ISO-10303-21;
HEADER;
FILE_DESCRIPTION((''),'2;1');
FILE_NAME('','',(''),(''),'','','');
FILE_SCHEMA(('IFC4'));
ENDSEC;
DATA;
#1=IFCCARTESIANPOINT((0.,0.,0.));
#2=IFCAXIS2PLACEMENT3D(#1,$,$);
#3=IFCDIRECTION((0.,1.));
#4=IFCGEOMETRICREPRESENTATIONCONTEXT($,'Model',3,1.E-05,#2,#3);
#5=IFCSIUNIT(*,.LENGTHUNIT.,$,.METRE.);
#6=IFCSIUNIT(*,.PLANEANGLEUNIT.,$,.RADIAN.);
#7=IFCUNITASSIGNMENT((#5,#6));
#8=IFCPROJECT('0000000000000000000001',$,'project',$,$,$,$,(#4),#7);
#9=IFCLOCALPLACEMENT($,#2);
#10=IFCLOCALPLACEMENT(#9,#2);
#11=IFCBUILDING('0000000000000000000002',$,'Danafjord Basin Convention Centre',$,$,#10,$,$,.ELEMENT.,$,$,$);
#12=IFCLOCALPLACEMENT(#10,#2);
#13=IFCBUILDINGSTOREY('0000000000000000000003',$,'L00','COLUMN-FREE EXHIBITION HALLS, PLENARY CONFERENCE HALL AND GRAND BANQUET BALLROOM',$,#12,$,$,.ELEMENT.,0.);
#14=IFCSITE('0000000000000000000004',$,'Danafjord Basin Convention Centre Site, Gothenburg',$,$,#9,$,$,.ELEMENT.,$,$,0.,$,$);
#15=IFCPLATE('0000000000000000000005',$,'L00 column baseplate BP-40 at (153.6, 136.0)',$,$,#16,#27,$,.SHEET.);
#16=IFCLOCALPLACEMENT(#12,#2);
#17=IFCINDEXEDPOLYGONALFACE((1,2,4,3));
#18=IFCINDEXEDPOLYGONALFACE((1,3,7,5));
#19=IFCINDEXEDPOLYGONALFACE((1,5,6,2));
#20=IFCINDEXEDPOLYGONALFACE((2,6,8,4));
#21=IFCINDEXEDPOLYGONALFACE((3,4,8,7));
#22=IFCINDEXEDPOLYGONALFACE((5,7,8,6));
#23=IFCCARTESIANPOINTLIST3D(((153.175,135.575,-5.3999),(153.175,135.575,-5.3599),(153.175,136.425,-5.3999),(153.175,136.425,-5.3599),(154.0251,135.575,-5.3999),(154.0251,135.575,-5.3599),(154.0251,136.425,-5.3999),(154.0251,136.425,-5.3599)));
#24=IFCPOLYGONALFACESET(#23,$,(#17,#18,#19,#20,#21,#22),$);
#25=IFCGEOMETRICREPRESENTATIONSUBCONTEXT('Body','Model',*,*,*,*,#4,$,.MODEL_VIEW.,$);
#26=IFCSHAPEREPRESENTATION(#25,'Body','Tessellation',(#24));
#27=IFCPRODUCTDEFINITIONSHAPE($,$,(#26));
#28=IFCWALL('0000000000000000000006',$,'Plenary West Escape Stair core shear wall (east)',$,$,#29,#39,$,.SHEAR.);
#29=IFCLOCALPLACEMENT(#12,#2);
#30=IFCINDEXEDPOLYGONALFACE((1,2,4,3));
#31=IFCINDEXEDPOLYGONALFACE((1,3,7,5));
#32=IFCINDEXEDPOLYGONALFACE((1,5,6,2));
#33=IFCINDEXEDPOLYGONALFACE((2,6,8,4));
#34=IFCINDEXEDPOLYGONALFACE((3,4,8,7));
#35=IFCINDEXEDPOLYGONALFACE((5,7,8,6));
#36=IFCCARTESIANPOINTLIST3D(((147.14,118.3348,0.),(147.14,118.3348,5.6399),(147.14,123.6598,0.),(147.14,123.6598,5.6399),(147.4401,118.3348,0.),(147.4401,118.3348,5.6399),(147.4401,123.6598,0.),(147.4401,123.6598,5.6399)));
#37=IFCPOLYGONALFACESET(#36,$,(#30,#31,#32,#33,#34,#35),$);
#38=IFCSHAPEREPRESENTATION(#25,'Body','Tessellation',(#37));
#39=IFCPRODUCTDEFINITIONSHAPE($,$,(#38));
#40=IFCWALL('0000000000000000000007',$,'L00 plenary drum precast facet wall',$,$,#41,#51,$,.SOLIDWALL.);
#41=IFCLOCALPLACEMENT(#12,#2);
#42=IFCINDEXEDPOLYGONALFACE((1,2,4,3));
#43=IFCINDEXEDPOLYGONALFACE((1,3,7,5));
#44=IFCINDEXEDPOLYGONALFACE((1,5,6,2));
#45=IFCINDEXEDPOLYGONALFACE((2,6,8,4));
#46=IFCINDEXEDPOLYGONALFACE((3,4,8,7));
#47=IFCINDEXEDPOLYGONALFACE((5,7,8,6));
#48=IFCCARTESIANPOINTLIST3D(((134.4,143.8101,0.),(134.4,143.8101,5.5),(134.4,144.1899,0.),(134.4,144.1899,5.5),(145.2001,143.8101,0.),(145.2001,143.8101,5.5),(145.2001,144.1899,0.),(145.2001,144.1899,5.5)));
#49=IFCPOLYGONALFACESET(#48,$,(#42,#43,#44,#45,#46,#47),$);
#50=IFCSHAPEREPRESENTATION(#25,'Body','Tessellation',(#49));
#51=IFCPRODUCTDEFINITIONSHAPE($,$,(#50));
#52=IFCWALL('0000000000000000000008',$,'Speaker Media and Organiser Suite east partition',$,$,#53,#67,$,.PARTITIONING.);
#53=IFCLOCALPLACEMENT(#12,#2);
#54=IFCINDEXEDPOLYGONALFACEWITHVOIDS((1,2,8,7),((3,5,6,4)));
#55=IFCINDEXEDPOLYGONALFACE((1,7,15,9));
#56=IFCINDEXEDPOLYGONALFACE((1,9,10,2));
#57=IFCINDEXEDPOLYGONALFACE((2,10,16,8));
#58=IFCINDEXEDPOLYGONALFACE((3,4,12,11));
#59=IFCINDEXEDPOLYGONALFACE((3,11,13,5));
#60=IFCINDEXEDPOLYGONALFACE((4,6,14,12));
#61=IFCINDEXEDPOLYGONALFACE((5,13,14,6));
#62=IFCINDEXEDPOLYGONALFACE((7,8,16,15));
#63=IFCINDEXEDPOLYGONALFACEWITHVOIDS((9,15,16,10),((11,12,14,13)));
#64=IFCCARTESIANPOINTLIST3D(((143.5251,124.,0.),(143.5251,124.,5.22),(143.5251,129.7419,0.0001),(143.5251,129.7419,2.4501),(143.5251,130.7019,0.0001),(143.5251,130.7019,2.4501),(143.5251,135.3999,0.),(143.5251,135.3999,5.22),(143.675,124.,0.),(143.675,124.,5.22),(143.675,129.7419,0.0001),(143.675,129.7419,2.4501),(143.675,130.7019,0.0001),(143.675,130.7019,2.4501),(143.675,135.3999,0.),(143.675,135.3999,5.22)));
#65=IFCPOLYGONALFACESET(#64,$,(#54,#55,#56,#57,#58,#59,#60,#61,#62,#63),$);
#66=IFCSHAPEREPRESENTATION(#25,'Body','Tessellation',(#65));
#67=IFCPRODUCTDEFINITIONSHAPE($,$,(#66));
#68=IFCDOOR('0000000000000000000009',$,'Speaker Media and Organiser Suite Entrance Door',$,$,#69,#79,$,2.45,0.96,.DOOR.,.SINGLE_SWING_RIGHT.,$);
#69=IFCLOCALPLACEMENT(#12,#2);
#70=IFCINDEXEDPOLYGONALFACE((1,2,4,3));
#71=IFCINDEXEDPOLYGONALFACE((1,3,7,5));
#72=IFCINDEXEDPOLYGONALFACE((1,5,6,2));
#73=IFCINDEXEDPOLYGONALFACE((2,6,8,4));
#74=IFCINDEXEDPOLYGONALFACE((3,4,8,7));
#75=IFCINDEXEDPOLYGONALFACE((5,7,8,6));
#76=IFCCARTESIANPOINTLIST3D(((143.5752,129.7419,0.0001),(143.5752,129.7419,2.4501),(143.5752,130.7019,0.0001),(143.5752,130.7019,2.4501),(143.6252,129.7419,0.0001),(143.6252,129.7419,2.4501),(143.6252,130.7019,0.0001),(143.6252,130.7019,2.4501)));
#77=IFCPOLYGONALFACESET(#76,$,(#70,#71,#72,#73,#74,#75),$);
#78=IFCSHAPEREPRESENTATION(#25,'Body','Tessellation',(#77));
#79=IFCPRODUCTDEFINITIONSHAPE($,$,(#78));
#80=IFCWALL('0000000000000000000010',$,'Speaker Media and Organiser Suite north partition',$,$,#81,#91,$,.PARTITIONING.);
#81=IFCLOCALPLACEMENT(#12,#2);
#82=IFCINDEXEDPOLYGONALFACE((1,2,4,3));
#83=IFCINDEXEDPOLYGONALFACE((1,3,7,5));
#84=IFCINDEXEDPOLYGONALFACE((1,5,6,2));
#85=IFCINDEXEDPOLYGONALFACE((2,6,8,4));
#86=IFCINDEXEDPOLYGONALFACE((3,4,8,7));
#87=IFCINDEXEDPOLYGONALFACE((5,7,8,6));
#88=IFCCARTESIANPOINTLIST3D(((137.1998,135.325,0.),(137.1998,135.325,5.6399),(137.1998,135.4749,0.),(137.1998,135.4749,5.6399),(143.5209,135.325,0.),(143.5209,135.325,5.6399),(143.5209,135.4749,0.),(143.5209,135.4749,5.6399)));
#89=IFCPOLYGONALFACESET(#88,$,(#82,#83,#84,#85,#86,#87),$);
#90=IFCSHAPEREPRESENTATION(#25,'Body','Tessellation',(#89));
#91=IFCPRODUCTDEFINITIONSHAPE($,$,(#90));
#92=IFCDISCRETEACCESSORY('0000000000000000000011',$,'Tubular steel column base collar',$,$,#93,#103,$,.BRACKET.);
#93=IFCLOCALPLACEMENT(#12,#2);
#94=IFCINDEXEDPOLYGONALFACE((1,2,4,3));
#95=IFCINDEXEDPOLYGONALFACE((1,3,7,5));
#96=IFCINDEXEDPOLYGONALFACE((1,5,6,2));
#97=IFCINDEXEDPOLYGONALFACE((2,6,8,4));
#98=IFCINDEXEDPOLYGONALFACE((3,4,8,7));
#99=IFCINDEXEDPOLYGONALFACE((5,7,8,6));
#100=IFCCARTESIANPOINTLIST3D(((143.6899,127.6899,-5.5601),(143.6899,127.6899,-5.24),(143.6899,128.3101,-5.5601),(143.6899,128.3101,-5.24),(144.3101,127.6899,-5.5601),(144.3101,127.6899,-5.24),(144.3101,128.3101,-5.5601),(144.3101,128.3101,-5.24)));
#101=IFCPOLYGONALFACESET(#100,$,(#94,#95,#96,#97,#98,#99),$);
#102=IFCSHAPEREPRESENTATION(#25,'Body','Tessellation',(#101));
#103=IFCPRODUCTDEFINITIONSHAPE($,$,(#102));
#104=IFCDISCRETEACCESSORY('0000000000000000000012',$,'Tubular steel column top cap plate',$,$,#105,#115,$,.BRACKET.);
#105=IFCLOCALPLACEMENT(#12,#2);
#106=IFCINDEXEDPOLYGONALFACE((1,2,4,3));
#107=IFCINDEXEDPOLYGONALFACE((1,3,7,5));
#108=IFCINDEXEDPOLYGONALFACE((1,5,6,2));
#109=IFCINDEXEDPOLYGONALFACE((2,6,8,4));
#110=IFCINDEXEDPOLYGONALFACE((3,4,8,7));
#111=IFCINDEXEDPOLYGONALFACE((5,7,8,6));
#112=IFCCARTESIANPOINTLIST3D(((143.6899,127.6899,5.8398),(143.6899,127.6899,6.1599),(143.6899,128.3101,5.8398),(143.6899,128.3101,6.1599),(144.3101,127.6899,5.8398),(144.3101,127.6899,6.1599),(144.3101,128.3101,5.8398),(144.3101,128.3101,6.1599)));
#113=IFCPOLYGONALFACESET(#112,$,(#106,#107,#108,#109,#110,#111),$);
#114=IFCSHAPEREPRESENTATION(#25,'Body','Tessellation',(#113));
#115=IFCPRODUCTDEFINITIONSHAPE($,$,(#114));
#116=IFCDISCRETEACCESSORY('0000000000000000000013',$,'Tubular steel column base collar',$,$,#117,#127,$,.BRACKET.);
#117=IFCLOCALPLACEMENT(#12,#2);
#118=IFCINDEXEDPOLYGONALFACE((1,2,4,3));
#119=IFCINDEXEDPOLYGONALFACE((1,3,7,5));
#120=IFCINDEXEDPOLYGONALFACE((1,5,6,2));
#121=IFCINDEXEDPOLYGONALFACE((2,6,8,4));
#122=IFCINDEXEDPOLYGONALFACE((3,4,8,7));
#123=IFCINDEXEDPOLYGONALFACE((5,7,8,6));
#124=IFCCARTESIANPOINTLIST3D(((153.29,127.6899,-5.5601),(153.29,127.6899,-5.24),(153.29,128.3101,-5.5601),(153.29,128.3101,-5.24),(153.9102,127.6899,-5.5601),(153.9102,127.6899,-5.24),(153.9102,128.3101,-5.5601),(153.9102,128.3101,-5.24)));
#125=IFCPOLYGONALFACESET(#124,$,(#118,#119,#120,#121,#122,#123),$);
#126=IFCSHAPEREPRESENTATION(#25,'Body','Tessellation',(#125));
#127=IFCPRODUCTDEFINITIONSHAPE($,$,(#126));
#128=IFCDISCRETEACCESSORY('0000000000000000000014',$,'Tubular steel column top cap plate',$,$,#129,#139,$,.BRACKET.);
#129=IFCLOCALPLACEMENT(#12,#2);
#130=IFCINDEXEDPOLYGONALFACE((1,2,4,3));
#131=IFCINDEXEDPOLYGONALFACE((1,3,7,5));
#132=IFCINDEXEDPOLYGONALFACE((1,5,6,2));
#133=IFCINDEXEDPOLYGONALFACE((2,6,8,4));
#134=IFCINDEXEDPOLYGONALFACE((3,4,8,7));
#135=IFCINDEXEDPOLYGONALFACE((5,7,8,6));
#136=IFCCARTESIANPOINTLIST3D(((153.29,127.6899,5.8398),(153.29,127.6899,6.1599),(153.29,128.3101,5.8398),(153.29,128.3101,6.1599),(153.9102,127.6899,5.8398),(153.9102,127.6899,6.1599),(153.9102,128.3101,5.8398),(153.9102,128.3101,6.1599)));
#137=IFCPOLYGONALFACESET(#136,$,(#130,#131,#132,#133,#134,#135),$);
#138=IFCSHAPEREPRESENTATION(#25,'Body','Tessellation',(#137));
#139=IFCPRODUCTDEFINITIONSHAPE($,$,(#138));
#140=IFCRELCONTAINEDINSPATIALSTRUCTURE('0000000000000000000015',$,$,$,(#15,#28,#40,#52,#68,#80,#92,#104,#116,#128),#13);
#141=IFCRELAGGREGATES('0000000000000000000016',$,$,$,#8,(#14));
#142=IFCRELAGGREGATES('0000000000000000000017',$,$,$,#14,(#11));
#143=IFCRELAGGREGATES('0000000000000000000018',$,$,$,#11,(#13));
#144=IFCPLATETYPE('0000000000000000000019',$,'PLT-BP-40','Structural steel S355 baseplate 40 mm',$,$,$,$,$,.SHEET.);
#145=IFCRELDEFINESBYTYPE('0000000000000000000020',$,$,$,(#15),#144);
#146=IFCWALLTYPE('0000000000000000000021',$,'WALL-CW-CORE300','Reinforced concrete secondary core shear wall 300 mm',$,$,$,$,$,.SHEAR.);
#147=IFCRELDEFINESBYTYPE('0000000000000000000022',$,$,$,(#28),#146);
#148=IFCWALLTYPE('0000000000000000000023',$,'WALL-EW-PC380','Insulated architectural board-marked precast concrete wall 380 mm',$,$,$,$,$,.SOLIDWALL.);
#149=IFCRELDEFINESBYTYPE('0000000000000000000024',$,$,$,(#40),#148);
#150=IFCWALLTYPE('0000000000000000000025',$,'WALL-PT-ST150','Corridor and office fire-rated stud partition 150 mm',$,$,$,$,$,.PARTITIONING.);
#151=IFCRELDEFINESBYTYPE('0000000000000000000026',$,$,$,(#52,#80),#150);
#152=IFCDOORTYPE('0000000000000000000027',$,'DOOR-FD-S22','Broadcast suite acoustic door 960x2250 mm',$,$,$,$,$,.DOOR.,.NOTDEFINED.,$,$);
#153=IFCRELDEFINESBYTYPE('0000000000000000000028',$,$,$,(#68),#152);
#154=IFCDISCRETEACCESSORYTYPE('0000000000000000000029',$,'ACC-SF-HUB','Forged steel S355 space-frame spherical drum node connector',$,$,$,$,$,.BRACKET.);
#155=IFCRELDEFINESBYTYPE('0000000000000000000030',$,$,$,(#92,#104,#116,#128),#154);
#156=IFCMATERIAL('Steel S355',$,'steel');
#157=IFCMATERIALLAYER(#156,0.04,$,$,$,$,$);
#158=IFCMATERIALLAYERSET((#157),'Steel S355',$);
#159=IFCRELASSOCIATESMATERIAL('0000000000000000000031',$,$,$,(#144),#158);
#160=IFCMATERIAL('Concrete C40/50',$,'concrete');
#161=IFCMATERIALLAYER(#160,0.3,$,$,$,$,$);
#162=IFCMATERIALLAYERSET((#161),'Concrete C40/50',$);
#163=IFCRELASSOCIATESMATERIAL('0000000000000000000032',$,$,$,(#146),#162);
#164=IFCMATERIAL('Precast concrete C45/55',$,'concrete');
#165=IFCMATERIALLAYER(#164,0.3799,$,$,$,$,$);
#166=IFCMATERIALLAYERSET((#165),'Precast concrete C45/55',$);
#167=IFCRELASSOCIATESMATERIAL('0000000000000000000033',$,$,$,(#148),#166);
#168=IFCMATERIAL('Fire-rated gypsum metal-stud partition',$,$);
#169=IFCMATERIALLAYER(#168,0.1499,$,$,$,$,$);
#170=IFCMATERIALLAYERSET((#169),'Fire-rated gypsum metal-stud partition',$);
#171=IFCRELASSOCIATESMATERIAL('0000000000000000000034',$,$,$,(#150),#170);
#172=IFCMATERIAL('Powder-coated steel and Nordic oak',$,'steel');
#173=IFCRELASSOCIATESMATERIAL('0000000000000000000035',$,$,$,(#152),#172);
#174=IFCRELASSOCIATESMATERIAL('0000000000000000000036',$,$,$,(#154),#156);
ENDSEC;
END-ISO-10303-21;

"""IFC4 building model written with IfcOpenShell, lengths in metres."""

from ifc_helpers import new_model, si_unit, direction, frame, frame_2d, origin, origin_2d, place, context, subcontext, project, spatial, rectangle, extrude, material, layer, layer_set, type_object, element, fill, save


model = new_model("IFC4")

# Units and contexts
model_context = context("Model", 3, precision=1e-05, world=origin(), true_north=direction((0.0, 1.0)))
body_context = subcontext(model_context, "Body", "Model", "MODEL_VIEW")
ifc_project = project(units=[si_unit("LENGTHUNIT", "METRE"), si_unit("PLANEANGLEUNIT", "RADIAN")], contexts=[model_context])

# Site, building, storey
site_placement = place(None, origin())
site = spatial("IfcSite", under=ifc_project, at=site_placement, Name="Danafjord Basin Convention Centre Site, Gothenburg", CompositionType="ELEMENT", RefElevation=0.0)
building_placement = place(site_placement, origin())
building = spatial("IfcBuilding", under=site, at=building_placement, Name="Danafjord Basin Convention Centre", CompositionType="ELEMENT")
storey_placement = place(building_placement, origin())
storey = spatial("IfcBuildingStorey", under=building, at=storey_placement, Name="L00", Description="COLUMN-FREE EXHIBITION HALLS, PLENARY CONFERENCE HALL AND GRAND BANQUET BALLROOM", CompositionType="ELEMENT", Elevation=0.0)

# Shared definitions
ifc_material_1 = material(Name="Concrete C40/50", Category="concrete")

# Shared definitions
ifc_material_2 = material(Name="Steel S355", Category="steel")

# Plate
ifc_layer_1 = layer(ifc_material_2, 0.04)
ifc_layer_set_1 = layer_set([ifc_layer_1], Name="Steel S355")
plate_type = type_object("IfcPlateType", Name="PLT-BP-40", Description="Structural steel S355 baseplate 40 mm", PredefinedType="SHEET", material=ifc_layer_set_1)
plate_placement = place(storey_placement, frame((153.6001, 136.0, -5.3999), z_axis=(0.0, 0.0, 1.0), x_axis=(1.0, 0.0, 0.0)))
element("IfcPlate", 1, at=plate_placement, inside=storey, type_object=plate_type, Name="L00 column baseplate BP-40 at (153.6, 136.0)", PredefinedType="SHEET", context=body_context, shape_type="SweptSolid", body=[
    extrude(rectangle(XDim=0.8501, YDim=0.8501, at=origin_2d()), origin(), (0.0, 0.0, 1.0), 0.04),
])

# Walls
ifc_layer_2 = layer(ifc_material_1, 0.3)
ifc_layer_set_2 = layer_set([ifc_layer_2], Name="Concrete C40/50")
wall_type_1 = type_object("IfcWallType", Name="WALL-CW-CORE300", Description="Reinforced concrete secondary core shear wall 300 mm", PredefinedType="SHEAR", material=ifc_layer_set_2)
wall_1_placement = place(storey_placement, frame((147.29, 123.6599, 0.0), z_axis=(0.0, 0.0, 1.0), x_axis=(0.0, -1.0, 0.0)))
element("IfcWall", 2, at=wall_1_placement, inside=storey, type_object=wall_type_1, Name="Plenary West Escape Stair core shear wall (east)", PredefinedType="SHEAR", context=body_context, shape_type="SweptSolid", body=[
    extrude(rectangle(XDim=5.325, YDim=0.3, at=frame_2d((2.6626, 0.0))), origin(), (0.0, 0.0, 1.0), 5.6399),
])
ifc_material_3 = material(Name="Precast concrete C45/55", Category="concrete")
ifc_layer_3 = layer(ifc_material_3, 0.3799)
ifc_layer_set_3 = layer_set([ifc_layer_3], Name="Precast concrete C45/55")
wall_type_2 = type_object("IfcWallType", Name="WALL-EW-PC380", Description="Insulated architectural board-marked precast concrete wall 380 mm", PredefinedType="SOLIDWALL", material=ifc_layer_set_3)
wall_2_placement = place(storey_placement, frame((145.2, 144.0, 0.0), z_axis=(0.0, 0.0, 1.0), x_axis=(-1.0, 0.0, 0.0)))
element("IfcWall", 3, at=wall_2_placement, inside=storey, type_object=wall_type_2, Name="L00 plenary drum precast facet wall", PredefinedType="SOLIDWALL", context=body_context, shape_type="SweptSolid", body=[
    extrude(rectangle(XDim=10.8, YDim=0.3799, at=frame_2d((5.3999, 0.0))), origin(), (0.0, 0.0, 1.0), 5.5),
])

# Wall, opening, door
ifc_material_4 = material(Name="Fire-rated gypsum metal-stud partition")
ifc_layer_4 = layer(ifc_material_4, 0.1499)
ifc_layer_set_4 = layer_set([ifc_layer_4], Name="Fire-rated gypsum metal-stud partition")
wall_type_3 = type_object("IfcWallType", Name="WALL-PT-ST150", Description="Corridor and office fire-rated stud partition 150 mm", PredefinedType="PARTITIONING", material=ifc_layer_set_4)
wall_3_placement = place(storey_placement, frame((143.6001, 124.0, 0.0), z_axis=(0.0, 0.0, 1.0), x_axis=(0.0, 1.0, 0.0)))
wall_3 = element("IfcWall", 4, at=wall_3_placement, inside=storey, type_object=wall_type_3, Name="Speaker Media and Organiser Suite east partition", PredefinedType="PARTITIONING", context=body_context, shape_type="SweptSolid", body=[
    extrude(rectangle(XDim=11.3999, YDim=0.1499, at=frame_2d((5.7, 0.0))), origin(), (0.0, 0.0, 1.0), 5.22),
])
opening_placement = place(wall_3_placement, frame((5.7419, 0.0, 0.0)))
opening = element("IfcOpeningElement", 5, at=opening_placement, cuts=wall_3, PredefinedType="OPENING", context=body_context, shape_type="SweptSolid", body=[
    extrude(rectangle(XDim=0.96, YDim=2.45, at=frame_2d((0.48, 1.2251))), frame((0.0, 0.085, 0.0), z_axis=(0.0, -1.0, 0.0), x_axis=(1.0, 0.0, 0.0)), (0.0, 0.0, 1.0), 0.1699),
])
ifc_material_5 = material(Name="Powder-coated steel and Nordic oak", Category="steel")
door_type = type_object("IfcDoorType", Name="DOOR-FD-S22", Description="Broadcast suite acoustic door 960x2250 mm", OperationType="NOTDEFINED", PredefinedType="DOOR", material=ifc_material_5)
door_placement = place(opening_placement, origin())
door = element("IfcDoor", 6, at=door_placement, inside=storey, type_object=door_type, Name="Speaker Media and Organiser Suite Entrance Door", OperationType="SINGLE_SWING_RIGHT", OverallHeight=2.45, OverallWidth=0.96, PredefinedType="DOOR", context=body_context, shape_type="SweptSolid", body=[
    extrude(rectangle(XDim=0.96, YDim=2.45, at=frame_2d((0.48, 1.2251))), frame((0.0, 0.0249, 0.0), z_axis=(0.0, -1.0, 0.0), x_axis=(1.0, 0.0, 0.0)), (0.0, 0.0, 1.0), 0.05),
])
fill(opening, door)

# Wall
wall_4_placement = place(storey_placement, frame((143.521, 135.3999, 0.0), z_axis=(0.0, 0.0, 1.0), x_axis=(-1.0, 0.0, 0.0)))
element("IfcWall", 7, at=wall_4_placement, inside=storey, type_object=wall_type_3, Name="Speaker Media and Organiser Suite north partition", PredefinedType="PARTITIONING", context=body_context, shape_type="SweptSolid", body=[
    extrude(rectangle(XDim=6.321, YDim=0.1499, at=frame_2d((3.1606, 0.0))), origin(), (0.0, 0.0, 1.0), 5.6399),
])

# Discrete accessories
discrete_accessory_type = type_object("IfcDiscreteAccessoryType", Name="ACC-SF-HUB", Description="Forged steel S355 space-frame spherical drum node connector", PredefinedType="BRACKET", material=ifc_material_2)
for number, where, z_axis, x_axis, name in (
    (8, (144.0, 128.0, -5.5601), (0.0, 0.0, 1.0), (1.0, 0.0, 0.0), "Tubular steel column base collar"),
    (9, (144.0, 128.0, 5.8398), (0.0, 0.0, 1.0), (1.0, 0.0, 0.0), "Tubular steel column top cap plate"),
    (10, (153.6001, 128.0, -5.5601), (0.0, 0.0, 1.0), (1.0, 0.0, 0.0), "Tubular steel column base collar"),
    (11, (153.6001, 128.0, 5.8398), (0.0, 0.0, 1.0), (1.0, 0.0, 0.0), "Tubular steel column top cap plate"),
):
    element("IfcDiscreteAccessory", number, at=place(storey_placement, frame(where, z_axis=z_axis, x_axis=x_axis)), inside=storey, type_object=discrete_accessory_type, Name=name, PredefinedType="BRACKET", context=body_context, shape_type="SweptSolid", body=[
        extrude(rectangle(XDim=0.6201, YDim=0.6201, at=origin_2d()), origin(), (0.0, 0.0, 1.0), 0.3201),
    ])

save(model, "model.ifc")
